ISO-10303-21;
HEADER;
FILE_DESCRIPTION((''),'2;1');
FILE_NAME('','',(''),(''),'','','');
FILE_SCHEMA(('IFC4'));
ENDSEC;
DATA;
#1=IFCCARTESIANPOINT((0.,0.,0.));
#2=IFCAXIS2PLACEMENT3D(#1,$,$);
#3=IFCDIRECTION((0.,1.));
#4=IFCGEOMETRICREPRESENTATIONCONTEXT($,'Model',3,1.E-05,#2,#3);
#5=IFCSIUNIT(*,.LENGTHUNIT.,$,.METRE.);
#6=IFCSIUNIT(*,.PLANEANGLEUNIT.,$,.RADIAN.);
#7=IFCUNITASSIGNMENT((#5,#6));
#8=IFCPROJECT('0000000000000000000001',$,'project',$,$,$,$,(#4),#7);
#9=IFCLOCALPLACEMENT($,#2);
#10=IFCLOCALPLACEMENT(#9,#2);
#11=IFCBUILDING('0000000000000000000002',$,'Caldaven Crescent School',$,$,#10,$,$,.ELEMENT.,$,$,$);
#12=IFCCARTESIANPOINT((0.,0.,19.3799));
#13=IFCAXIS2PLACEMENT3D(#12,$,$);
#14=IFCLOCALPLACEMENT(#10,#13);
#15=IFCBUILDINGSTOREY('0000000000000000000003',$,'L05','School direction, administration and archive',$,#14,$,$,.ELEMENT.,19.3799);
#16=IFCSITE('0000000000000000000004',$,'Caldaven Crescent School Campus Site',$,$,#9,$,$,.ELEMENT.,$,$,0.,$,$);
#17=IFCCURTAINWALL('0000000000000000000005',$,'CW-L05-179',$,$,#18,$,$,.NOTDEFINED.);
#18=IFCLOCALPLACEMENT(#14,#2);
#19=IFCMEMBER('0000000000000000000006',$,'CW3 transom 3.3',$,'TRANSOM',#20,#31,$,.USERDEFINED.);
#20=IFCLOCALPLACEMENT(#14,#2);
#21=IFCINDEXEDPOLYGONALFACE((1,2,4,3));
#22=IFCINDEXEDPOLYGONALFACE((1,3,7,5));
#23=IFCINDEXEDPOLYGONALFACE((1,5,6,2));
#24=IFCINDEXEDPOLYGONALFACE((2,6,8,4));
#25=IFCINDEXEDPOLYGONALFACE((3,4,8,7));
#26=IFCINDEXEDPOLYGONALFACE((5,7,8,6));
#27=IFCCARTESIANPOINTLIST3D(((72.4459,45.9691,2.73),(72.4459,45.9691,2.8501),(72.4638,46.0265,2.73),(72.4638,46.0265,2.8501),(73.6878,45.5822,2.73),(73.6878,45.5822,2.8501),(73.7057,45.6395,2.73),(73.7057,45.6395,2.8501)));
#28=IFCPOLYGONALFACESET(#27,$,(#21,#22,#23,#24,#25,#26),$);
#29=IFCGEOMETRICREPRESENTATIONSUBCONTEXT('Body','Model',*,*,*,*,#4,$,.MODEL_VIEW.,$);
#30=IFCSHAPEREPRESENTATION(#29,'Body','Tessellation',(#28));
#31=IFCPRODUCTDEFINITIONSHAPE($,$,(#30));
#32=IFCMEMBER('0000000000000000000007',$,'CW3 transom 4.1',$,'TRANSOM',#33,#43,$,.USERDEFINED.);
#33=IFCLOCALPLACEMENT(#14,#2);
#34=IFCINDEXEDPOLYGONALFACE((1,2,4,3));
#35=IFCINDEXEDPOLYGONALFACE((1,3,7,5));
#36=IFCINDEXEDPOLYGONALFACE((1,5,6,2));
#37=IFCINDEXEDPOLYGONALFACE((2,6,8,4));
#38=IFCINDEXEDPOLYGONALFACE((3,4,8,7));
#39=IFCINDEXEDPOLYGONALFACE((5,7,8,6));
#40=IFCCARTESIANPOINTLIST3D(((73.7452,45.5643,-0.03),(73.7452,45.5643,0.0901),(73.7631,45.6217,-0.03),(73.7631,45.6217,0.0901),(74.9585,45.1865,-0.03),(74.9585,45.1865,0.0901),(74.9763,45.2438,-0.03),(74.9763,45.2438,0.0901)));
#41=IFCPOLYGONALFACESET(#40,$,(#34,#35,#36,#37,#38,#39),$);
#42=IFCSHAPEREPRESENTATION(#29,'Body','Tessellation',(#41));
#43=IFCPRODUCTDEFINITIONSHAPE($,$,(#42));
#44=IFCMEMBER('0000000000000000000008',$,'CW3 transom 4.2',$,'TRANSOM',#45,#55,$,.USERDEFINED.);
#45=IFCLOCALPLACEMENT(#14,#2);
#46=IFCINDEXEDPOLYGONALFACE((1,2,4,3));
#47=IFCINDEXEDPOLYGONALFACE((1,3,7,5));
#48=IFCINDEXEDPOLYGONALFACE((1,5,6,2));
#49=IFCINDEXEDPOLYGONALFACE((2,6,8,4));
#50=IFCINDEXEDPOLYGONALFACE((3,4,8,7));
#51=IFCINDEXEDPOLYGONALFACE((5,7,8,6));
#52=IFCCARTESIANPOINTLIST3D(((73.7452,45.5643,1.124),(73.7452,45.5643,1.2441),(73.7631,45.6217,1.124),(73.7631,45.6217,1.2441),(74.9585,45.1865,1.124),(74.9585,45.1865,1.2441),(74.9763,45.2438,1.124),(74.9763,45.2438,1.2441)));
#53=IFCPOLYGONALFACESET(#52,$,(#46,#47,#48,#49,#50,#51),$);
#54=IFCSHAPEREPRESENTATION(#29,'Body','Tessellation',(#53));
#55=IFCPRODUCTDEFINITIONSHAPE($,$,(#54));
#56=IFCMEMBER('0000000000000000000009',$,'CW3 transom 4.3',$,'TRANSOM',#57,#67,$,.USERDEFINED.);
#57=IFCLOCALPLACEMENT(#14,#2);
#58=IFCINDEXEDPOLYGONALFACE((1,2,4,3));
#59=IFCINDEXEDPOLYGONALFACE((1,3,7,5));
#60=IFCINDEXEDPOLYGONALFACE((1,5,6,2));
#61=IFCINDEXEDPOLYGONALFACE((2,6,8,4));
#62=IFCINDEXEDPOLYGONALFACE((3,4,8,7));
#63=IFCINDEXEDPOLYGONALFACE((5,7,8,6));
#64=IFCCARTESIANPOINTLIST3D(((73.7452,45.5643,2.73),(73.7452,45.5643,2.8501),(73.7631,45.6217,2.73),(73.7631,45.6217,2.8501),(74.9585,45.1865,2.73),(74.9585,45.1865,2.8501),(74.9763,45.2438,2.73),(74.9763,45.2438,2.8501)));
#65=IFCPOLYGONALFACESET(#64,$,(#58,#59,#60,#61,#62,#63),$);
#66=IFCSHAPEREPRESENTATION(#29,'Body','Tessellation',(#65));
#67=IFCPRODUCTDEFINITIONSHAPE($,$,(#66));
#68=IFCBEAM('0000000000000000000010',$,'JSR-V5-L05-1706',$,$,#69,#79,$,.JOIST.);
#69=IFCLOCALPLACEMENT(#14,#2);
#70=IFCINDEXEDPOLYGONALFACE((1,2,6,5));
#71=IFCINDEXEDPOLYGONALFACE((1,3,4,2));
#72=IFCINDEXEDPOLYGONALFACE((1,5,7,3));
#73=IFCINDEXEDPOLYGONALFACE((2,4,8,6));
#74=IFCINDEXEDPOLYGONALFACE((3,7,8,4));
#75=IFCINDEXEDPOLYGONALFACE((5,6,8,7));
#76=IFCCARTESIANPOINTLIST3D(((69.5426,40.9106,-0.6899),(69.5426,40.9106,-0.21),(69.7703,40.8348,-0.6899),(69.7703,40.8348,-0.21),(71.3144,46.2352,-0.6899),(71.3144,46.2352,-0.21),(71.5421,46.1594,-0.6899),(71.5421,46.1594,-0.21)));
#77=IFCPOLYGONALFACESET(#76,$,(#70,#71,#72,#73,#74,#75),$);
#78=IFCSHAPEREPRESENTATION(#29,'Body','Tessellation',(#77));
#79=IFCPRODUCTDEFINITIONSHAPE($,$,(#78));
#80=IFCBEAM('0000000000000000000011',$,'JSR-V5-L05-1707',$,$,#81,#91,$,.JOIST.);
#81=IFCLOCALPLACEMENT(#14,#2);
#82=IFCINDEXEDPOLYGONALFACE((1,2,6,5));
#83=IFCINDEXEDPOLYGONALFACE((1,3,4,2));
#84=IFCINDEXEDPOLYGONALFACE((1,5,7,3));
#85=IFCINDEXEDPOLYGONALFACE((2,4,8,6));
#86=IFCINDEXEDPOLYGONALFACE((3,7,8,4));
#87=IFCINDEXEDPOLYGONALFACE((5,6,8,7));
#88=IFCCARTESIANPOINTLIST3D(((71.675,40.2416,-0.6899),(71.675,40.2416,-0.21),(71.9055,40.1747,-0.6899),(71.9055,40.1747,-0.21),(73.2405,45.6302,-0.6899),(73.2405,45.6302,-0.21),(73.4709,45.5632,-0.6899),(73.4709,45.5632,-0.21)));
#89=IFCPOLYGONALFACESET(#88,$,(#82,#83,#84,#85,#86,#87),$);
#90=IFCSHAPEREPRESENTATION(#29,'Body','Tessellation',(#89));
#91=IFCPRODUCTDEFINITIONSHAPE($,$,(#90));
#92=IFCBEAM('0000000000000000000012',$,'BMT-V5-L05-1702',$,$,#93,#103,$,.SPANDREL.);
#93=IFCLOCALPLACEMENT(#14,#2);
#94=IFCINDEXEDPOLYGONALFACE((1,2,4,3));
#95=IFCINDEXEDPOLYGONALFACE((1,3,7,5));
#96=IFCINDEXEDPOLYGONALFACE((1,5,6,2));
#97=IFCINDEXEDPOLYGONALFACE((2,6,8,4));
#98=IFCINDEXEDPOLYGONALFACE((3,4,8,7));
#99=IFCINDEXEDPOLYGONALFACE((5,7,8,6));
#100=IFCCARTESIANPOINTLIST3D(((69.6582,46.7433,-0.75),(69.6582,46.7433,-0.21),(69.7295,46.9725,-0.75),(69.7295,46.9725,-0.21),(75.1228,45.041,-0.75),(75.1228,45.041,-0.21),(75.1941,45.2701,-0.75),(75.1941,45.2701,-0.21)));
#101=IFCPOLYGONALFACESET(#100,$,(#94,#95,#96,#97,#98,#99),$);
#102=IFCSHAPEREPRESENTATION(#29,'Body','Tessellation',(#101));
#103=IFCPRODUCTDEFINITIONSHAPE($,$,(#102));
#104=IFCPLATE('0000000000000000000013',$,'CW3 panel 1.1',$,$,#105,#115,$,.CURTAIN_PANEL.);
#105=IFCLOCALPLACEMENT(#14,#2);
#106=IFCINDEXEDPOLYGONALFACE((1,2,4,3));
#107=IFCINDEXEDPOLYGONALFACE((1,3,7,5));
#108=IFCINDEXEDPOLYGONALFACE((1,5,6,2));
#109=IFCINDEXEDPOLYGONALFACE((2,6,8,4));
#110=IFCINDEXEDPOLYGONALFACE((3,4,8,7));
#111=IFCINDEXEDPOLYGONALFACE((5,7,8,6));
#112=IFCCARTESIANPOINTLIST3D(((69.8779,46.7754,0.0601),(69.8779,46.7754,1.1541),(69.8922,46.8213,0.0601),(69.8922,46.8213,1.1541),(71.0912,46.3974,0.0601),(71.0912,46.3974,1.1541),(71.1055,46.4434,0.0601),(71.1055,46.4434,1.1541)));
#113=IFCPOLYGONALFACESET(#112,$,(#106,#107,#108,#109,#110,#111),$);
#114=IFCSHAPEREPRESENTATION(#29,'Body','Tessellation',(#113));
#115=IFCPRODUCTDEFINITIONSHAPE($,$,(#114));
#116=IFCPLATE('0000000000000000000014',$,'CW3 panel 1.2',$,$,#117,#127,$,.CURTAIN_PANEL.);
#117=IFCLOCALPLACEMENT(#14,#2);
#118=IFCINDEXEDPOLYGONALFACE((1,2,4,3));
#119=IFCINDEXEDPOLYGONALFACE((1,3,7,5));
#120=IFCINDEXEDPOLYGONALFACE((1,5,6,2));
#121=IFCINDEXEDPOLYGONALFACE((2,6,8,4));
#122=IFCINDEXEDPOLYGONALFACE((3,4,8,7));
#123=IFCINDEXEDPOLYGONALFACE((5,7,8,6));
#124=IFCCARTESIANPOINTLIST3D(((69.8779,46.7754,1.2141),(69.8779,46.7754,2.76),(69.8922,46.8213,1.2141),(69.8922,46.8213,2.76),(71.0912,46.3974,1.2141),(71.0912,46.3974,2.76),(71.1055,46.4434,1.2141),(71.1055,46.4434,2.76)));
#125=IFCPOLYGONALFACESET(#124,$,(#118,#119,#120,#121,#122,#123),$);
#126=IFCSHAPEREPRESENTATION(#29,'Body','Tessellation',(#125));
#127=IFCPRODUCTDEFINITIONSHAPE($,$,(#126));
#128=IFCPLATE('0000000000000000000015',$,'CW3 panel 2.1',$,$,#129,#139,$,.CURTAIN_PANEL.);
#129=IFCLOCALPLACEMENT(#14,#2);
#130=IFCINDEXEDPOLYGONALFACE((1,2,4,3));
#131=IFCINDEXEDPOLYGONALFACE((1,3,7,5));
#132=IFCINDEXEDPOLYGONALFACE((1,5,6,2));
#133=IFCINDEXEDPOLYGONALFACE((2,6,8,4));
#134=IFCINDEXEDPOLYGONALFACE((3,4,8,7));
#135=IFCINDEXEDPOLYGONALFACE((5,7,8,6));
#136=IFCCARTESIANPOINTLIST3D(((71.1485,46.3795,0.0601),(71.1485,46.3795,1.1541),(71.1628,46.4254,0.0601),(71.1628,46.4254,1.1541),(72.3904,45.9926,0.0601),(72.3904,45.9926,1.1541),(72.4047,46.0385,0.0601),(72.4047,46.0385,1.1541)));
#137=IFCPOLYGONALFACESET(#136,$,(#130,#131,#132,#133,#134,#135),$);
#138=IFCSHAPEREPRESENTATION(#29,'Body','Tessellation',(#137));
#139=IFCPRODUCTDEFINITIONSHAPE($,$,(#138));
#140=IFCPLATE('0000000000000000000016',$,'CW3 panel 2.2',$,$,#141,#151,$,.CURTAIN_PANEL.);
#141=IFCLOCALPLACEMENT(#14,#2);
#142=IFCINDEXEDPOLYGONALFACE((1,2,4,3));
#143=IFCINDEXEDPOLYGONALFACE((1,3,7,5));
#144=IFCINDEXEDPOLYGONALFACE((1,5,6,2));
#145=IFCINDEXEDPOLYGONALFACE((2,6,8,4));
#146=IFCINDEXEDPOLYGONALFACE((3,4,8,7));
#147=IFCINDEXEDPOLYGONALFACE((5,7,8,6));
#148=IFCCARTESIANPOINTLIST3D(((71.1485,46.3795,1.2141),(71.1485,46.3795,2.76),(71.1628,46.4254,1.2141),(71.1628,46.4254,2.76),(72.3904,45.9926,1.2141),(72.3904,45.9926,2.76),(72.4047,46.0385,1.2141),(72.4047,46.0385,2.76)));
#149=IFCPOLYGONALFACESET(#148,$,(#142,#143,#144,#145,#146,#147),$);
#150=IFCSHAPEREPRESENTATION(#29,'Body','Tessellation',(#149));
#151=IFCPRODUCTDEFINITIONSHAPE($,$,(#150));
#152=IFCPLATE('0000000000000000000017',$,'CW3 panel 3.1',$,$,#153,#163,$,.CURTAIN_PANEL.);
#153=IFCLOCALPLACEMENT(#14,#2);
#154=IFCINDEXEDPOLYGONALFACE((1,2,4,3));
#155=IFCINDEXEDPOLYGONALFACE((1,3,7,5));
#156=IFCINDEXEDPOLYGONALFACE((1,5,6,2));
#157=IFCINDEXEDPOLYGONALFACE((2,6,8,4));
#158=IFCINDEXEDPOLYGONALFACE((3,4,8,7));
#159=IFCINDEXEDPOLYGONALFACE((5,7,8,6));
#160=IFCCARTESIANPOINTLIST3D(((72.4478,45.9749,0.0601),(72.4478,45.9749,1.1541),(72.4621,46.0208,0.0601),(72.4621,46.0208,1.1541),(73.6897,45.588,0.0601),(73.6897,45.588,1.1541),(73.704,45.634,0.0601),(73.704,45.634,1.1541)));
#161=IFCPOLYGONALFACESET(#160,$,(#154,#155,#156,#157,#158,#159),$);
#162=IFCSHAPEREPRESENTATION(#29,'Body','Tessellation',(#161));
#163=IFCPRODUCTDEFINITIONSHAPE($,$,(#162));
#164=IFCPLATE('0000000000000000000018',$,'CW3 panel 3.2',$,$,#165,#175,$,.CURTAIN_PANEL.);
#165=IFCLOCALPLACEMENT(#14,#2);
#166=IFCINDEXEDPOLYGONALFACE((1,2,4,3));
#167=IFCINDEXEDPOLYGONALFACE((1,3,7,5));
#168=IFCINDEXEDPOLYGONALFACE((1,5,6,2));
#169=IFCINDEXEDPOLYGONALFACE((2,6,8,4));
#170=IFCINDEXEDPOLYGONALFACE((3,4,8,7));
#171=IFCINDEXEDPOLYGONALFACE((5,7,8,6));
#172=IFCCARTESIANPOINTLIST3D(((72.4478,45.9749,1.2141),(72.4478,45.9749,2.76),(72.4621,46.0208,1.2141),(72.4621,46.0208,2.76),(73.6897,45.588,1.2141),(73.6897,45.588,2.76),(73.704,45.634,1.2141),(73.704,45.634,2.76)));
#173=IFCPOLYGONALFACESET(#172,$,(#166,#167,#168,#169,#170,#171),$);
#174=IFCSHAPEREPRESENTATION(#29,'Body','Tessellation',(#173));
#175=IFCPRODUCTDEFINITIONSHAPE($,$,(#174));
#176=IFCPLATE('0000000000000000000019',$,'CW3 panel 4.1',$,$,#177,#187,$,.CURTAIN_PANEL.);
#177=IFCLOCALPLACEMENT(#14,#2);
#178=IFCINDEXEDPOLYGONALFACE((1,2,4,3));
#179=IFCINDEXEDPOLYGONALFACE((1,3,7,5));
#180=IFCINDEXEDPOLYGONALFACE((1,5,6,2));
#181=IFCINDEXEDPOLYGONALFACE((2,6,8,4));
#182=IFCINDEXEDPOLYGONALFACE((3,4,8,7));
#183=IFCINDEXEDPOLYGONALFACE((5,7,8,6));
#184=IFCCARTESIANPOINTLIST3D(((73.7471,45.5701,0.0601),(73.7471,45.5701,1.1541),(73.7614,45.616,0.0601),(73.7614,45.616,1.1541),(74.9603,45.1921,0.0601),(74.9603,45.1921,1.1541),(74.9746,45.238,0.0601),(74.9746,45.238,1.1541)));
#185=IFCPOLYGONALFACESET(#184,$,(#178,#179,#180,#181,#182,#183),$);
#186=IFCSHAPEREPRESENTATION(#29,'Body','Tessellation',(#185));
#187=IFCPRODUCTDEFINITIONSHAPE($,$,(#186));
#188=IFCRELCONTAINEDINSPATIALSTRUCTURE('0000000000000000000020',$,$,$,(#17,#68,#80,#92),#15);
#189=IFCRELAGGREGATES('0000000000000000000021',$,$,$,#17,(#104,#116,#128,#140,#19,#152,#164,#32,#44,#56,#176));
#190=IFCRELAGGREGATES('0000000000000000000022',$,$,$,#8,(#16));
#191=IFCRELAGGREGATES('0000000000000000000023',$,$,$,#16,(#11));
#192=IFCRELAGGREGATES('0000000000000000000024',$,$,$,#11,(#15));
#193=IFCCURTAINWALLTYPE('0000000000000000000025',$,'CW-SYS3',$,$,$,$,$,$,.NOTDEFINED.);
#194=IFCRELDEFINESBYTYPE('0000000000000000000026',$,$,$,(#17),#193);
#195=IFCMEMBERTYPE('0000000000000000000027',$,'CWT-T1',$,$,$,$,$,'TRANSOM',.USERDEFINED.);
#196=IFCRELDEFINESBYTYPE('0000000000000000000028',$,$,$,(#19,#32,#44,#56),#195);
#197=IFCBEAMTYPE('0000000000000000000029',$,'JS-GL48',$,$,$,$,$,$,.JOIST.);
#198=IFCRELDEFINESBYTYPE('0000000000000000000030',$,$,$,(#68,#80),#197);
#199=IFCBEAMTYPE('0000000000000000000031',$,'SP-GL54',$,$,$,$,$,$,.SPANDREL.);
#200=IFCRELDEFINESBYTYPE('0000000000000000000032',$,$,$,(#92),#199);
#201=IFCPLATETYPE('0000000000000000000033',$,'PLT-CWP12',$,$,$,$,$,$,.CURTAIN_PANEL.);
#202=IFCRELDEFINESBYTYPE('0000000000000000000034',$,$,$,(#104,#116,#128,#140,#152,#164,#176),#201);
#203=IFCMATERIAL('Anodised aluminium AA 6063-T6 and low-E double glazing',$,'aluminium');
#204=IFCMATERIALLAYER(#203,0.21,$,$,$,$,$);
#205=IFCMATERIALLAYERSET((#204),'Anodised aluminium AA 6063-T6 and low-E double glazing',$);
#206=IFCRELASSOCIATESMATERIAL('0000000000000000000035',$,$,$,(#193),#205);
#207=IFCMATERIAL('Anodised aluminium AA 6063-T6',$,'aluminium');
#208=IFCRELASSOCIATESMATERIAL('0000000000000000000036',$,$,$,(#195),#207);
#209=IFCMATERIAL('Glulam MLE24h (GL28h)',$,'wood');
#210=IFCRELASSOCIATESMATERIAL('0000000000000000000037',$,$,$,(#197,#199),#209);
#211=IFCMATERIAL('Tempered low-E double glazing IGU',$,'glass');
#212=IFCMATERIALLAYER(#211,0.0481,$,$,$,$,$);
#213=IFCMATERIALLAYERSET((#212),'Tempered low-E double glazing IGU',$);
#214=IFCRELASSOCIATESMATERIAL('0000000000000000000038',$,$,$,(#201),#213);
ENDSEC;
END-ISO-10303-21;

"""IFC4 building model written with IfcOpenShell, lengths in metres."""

from ifc_helpers import new_model, si_unit, direction, frame, origin, origin_2d, place, context, subcontext, project, spatial, rectangle, extrude, material, layer, layer_set, material_profile, profile_set, type_object, element, aggregate, save


model = new_model("IFC4")

# Units and contexts
model_context = context("Model", 3, precision=1e-05, world=origin(), true_north=direction((0.0, 1.0)))
body_context = subcontext(model_context, "Body", "Model", "MODEL_VIEW")
ifc_project = project(units=[si_unit("LENGTHUNIT", "METRE"), si_unit("PLANEANGLEUNIT", "RADIAN")], contexts=[model_context])

# Site, building, storey
site_placement = place(None, origin())
site = spatial("IfcSite", under=ifc_project, at=site_placement, Name="Caldaven Crescent School Campus Site", CompositionType="ELEMENT", RefElevation=0.0)
building_placement = place(site_placement, origin())
building = spatial("IfcBuilding", under=site, at=building_placement, Name="Caldaven Crescent School", CompositionType="ELEMENT")
storey_placement = place(building_placement, frame((0.0, 0.0, 19.3799)))
storey = spatial("IfcBuildingStorey", under=building, at=storey_placement, Name="L05", Description="School direction, administration and archive", CompositionType="ELEMENT", Elevation=19.3799)

# Shared definitions
ifc_material_1 = material(Name="Glulam MLE24h (GL28h)", Category="wood")

# Curtain wall, members
ifc_material_2 = material(Name="Anodised aluminium AA 6063-T6 and low-E double glazing", Category="aluminium")
ifc_layer_1 = layer(ifc_material_2, 0.21)
ifc_layer_set_1 = layer_set([ifc_layer_1], Name="Anodised aluminium AA 6063-T6 and low-E double glazing")
curtain_wall_type = type_object("IfcCurtainWallType", Name="CW-SYS3", PredefinedType="NOTDEFINED", material=ifc_layer_set_1)
curtain_wall_placement = place(storey_placement, origin())
curtain_wall = element("IfcCurtainWall", 1, at=curtain_wall_placement, inside=storey, type_object=curtain_wall_type, Name="CW-L05-179", PredefinedType="NOTDEFINED")
ifc_material_3 = material(Name="Anodised aluminium AA 6063-T6", Category="aluminium")
ifc_material_profile_1 = material_profile(ifc_material_3, rectangle(XDim=0.0601, YDim=0.1201, at=origin_2d()), Name="CWT 60x120")
ifc_profile_set_1 = profile_set([ifc_material_profile_1], Name="Anodised aluminium AA 6063-T6")
member_type_1 = type_object("IfcMemberType", Name="CWT-T1", ElementType="TRANSOM", PredefinedType="USERDEFINED", material=ifc_profile_set_1)
member_1_placement = place(storey_placement, frame((72.4548, 45.9978, 2.79), z_axis=(0.95473, -0.297473, 0.0), x_axis=(0.297473, 0.95473, 0.0)))
member_1 = element("IfcMember", 2, at=member_1_placement, type_object=member_type_1, Name="CW3 transom 3.3", ObjectType="TRANSOM", PredefinedType="USERDEFINED", context=body_context, shape_type="SweptSolid", body=[
    extrude(rectangle(XDim=0.0601, YDim=0.1201, at=origin_2d()), origin(), (0.0, 0.0, 1.0), 1.3008),
])
member_2_placement = place(storey_placement, frame((73.7542, 45.593, 0.03), z_axis=(0.95476, -0.297378, 0.0), x_axis=(0.297378, 0.95476, 0.0)))
member_2 = element("IfcMember", 3, at=member_2_placement, type_object=member_type_1, Name="CW3 transom 4.1", ObjectType="TRANSOM", PredefinedType="USERDEFINED", context=body_context, shape_type="SweptSolid", body=[
    extrude(rectangle(XDim=0.0601, YDim=0.1201, at=origin_2d()), origin(), (0.0, 0.0, 1.0), 1.2708),
])
member_3_placement = place(storey_placement, frame((73.7542, 45.593, 1.1841), z_axis=(0.95476, -0.297378, 0.0), x_axis=(0.297378, 0.95476, 0.0)))
member_3 = element("IfcMember", 4, at=member_3_placement, type_object=member_type_1, Name="CW3 transom 4.2", ObjectType="TRANSOM", PredefinedType="USERDEFINED", context=body_context, shape_type="SweptSolid", body=[
    extrude(rectangle(XDim=0.0601, YDim=0.1201, at=origin_2d()), origin(), (0.0, 0.0, 1.0), 1.2708),
])
member_4_placement = place(storey_placement, frame((73.7542, 45.593, 2.79), z_axis=(0.95476, -0.297378, 0.0), x_axis=(0.297378, 0.95476, 0.0)))
member_4 = element("IfcMember", 5, at=member_4_placement, type_object=member_type_1, Name="CW3 transom 4.3", ObjectType="TRANSOM", PredefinedType="USERDEFINED", context=body_context, shape_type="SweptSolid", body=[
    extrude(rectangle(XDim=0.0601, YDim=0.1201, at=origin_2d()), origin(), (0.0, 0.0, 1.0), 1.2708),
])

# Beams
ifc_material_profile_2 = material_profile(ifc_material_1, rectangle(XDim=0.24, YDim=0.48, at=origin_2d()), Name="MLE 240x480")
ifc_profile_set_2 = profile_set([ifc_material_profile_2], Name="Glulam MLE24h (GL28h)")
beam_type_1 = type_object("IfcBeamType", Name="JS-GL48", PredefinedType="JOIST", material=ifc_profile_set_2)
beam_1_placement = place(storey_placement, frame((71.4282, 46.1973, -0.45), z_axis=(-0.315732, -0.948848, 0.0), x_axis=(0.948848, -0.315732, 0.0)))
element("IfcBeam", 6, at=beam_1_placement, inside=storey, type_object=beam_type_1, Name="JSR-V5-L05-1706", PredefinedType="JOIST", context=body_context, shape_type="SweptSolid", body=[
    extrude(rectangle(XDim=0.24, YDim=0.48, at=origin_2d()), origin(), (0.0, 0.0, 1.0), 5.6116),
])
beam_2_placement = place(storey_placement, frame((73.3557, 45.5967, -0.45), z_axis=(-0.278982, -0.960296, 0.0), x_axis=(0.960296, -0.278982, 0.0)))
element("IfcBeam", 7, at=beam_2_placement, inside=storey, type_object=beam_type_1, Name="JSR-V5-L05-1707", PredefinedType="JOIST", context=body_context, shape_type="SweptSolid", body=[
    extrude(rectangle(XDim=0.24, YDim=0.48, at=origin_2d()), origin(), (0.0, 0.0, 1.0), 5.6113),
])
ifc_material_profile_3 = material_profile(ifc_material_1, rectangle(XDim=0.24, YDim=0.54, at=origin_2d()), Name="MLE 240x540")
ifc_profile_set_3 = profile_set([ifc_material_profile_3], Name="Glulam MLE24h (GL28h)")
beam_type_2 = type_object("IfcBeamType", Name="SP-GL54", PredefinedType="SPANDREL", material=ifc_profile_set_3)
beam_3_placement = place(storey_placement, frame((69.6938, 46.8579, -0.48), z_axis=(0.954743, -0.297432, 0.0), x_axis=(0.297432, 0.954743, 0.0)))
element("IfcBeam", 8, at=beam_3_placement, inside=storey, type_object=beam_type_2, Name="BMT-V5-L05-1702", PredefinedType="SPANDREL", context=body_context, shape_type="SweptSolid", body=[
    extrude(rectangle(XDim=0.24, YDim=0.54, at=origin_2d()), origin(), (0.0, 0.0, 1.0), 5.7236),
])

# Plates
ifc_material_4 = material(Name="Tempered low-E double glazing IGU", Category="glass")
ifc_layer_2 = layer(ifc_material_4, 0.0481)
ifc_layer_set_2 = layer_set([ifc_layer_2], Name="Tempered low-E double glazing IGU")
plate_type = type_object("IfcPlateType", Name="PLT-CWP12", PredefinedType="CURTAIN_PANEL", material=ifc_layer_set_2)
plate_1_placement = place(storey_placement, frame((70.4917, 46.6094, 0.0601), z_axis=(0.0, 0.0, 1.0), x_axis=(0.954747, -0.29742, 0.0)))
plate_1 = element("IfcPlate", 9, at=plate_1_placement, type_object=plate_type, Name="CW3 panel 1.1", PredefinedType="CURTAIN_PANEL", context=body_context, shape_type="SweptSolid", body=[
    extrude(rectangle(XDim=1.2708, YDim=0.0481, at=origin_2d()), origin(), (0.0, 0.0, 1.0), 1.094),
])
plate_2_placement = place(storey_placement, frame((70.4917, 46.6094, 1.2141), z_axis=(0.0, 0.0, 1.0), x_axis=(0.954747, -0.29742, 0.0)))
plate_2 = element("IfcPlate", 10, at=plate_2_placement, type_object=plate_type, Name="CW3 panel 1.2", PredefinedType="CURTAIN_PANEL", context=body_context, shape_type="SweptSolid", body=[
    extrude(rectangle(XDim=1.2708, YDim=0.0481, at=origin_2d()), origin(), (0.0, 0.0, 1.0), 1.5459),
])
plate_3_placement = place(storey_placement, frame((71.7766, 46.209, 0.0601), z_axis=(0.0, 0.0, 1.0), x_axis=(0.954747, -0.29742, 0.0)))
plate_3 = element("IfcPlate", 11, at=plate_3_placement, type_object=plate_type, Name="CW3 panel 2.1", PredefinedType="CURTAIN_PANEL", context=body_context, shape_type="SweptSolid", body=[
    extrude(rectangle(XDim=1.3008, YDim=0.0481, at=origin_2d()), origin(), (0.0, 0.0, 1.0), 1.094),
])
plate_4_placement = place(storey_placement, frame((71.7766, 46.209, 1.2141), z_axis=(0.0, 0.0, 1.0), x_axis=(0.954747, -0.29742, 0.0)))
plate_4 = element("IfcPlate", 12, at=plate_4_placement, type_object=plate_type, Name="CW3 panel 2.2", PredefinedType="CURTAIN_PANEL", context=body_context, shape_type="SweptSolid", body=[
    extrude(rectangle(XDim=1.3008, YDim=0.0481, at=origin_2d()), origin(), (0.0, 0.0, 1.0), 1.5459),
])
plate_5_placement = place(storey_placement, frame((73.0759, 45.8044, 0.0601), z_axis=(0.0, 0.0, 1.0), x_axis=(0.954747, -0.29742, 0.0)))
plate_5 = element("IfcPlate", 13, at=plate_5_placement, type_object=plate_type, Name="CW3 panel 3.1", PredefinedType="CURTAIN_PANEL", context=body_context, shape_type="SweptSolid", body=[
    extrude(rectangle(XDim=1.3008, YDim=0.0481, at=origin_2d()), origin(), (0.0, 0.0, 1.0), 1.094),
])
plate_6_placement = place(storey_placement, frame((73.0759, 45.8044, 1.2141), z_axis=(0.0, 0.0, 1.0), x_axis=(0.954747, -0.29742, 0.0)))
plate_6 = element("IfcPlate", 14, at=plate_6_placement, type_object=plate_type, Name="CW3 panel 3.2", PredefinedType="CURTAIN_PANEL", context=body_context, shape_type="SweptSolid", body=[
    extrude(rectangle(XDim=1.3008, YDim=0.0481, at=origin_2d()), origin(), (0.0, 0.0, 1.0), 1.5459),
])
plate_7_placement = place(storey_placement, frame((74.3608, 45.4041, 0.0601), z_axis=(0.0, 0.0, 1.0), x_axis=(0.954747, -0.29742, 0.0)))
plate_7 = element("IfcPlate", 15, at=plate_7_placement, type_object=plate_type, Name="CW3 panel 4.1", PredefinedType="CURTAIN_PANEL", context=body_context, shape_type="SweptSolid", body=[
    extrude(rectangle(XDim=1.2708, YDim=0.0481, at=origin_2d()), origin(), (0.0, 0.0, 1.0), 1.094),
])
aggregate(curtain_wall, [plate_1, plate_2, plate_3, plate_4, member_1, plate_5, plate_6, member_2, member_3, member_4, plate_7])

save(model, "model.ifc")
